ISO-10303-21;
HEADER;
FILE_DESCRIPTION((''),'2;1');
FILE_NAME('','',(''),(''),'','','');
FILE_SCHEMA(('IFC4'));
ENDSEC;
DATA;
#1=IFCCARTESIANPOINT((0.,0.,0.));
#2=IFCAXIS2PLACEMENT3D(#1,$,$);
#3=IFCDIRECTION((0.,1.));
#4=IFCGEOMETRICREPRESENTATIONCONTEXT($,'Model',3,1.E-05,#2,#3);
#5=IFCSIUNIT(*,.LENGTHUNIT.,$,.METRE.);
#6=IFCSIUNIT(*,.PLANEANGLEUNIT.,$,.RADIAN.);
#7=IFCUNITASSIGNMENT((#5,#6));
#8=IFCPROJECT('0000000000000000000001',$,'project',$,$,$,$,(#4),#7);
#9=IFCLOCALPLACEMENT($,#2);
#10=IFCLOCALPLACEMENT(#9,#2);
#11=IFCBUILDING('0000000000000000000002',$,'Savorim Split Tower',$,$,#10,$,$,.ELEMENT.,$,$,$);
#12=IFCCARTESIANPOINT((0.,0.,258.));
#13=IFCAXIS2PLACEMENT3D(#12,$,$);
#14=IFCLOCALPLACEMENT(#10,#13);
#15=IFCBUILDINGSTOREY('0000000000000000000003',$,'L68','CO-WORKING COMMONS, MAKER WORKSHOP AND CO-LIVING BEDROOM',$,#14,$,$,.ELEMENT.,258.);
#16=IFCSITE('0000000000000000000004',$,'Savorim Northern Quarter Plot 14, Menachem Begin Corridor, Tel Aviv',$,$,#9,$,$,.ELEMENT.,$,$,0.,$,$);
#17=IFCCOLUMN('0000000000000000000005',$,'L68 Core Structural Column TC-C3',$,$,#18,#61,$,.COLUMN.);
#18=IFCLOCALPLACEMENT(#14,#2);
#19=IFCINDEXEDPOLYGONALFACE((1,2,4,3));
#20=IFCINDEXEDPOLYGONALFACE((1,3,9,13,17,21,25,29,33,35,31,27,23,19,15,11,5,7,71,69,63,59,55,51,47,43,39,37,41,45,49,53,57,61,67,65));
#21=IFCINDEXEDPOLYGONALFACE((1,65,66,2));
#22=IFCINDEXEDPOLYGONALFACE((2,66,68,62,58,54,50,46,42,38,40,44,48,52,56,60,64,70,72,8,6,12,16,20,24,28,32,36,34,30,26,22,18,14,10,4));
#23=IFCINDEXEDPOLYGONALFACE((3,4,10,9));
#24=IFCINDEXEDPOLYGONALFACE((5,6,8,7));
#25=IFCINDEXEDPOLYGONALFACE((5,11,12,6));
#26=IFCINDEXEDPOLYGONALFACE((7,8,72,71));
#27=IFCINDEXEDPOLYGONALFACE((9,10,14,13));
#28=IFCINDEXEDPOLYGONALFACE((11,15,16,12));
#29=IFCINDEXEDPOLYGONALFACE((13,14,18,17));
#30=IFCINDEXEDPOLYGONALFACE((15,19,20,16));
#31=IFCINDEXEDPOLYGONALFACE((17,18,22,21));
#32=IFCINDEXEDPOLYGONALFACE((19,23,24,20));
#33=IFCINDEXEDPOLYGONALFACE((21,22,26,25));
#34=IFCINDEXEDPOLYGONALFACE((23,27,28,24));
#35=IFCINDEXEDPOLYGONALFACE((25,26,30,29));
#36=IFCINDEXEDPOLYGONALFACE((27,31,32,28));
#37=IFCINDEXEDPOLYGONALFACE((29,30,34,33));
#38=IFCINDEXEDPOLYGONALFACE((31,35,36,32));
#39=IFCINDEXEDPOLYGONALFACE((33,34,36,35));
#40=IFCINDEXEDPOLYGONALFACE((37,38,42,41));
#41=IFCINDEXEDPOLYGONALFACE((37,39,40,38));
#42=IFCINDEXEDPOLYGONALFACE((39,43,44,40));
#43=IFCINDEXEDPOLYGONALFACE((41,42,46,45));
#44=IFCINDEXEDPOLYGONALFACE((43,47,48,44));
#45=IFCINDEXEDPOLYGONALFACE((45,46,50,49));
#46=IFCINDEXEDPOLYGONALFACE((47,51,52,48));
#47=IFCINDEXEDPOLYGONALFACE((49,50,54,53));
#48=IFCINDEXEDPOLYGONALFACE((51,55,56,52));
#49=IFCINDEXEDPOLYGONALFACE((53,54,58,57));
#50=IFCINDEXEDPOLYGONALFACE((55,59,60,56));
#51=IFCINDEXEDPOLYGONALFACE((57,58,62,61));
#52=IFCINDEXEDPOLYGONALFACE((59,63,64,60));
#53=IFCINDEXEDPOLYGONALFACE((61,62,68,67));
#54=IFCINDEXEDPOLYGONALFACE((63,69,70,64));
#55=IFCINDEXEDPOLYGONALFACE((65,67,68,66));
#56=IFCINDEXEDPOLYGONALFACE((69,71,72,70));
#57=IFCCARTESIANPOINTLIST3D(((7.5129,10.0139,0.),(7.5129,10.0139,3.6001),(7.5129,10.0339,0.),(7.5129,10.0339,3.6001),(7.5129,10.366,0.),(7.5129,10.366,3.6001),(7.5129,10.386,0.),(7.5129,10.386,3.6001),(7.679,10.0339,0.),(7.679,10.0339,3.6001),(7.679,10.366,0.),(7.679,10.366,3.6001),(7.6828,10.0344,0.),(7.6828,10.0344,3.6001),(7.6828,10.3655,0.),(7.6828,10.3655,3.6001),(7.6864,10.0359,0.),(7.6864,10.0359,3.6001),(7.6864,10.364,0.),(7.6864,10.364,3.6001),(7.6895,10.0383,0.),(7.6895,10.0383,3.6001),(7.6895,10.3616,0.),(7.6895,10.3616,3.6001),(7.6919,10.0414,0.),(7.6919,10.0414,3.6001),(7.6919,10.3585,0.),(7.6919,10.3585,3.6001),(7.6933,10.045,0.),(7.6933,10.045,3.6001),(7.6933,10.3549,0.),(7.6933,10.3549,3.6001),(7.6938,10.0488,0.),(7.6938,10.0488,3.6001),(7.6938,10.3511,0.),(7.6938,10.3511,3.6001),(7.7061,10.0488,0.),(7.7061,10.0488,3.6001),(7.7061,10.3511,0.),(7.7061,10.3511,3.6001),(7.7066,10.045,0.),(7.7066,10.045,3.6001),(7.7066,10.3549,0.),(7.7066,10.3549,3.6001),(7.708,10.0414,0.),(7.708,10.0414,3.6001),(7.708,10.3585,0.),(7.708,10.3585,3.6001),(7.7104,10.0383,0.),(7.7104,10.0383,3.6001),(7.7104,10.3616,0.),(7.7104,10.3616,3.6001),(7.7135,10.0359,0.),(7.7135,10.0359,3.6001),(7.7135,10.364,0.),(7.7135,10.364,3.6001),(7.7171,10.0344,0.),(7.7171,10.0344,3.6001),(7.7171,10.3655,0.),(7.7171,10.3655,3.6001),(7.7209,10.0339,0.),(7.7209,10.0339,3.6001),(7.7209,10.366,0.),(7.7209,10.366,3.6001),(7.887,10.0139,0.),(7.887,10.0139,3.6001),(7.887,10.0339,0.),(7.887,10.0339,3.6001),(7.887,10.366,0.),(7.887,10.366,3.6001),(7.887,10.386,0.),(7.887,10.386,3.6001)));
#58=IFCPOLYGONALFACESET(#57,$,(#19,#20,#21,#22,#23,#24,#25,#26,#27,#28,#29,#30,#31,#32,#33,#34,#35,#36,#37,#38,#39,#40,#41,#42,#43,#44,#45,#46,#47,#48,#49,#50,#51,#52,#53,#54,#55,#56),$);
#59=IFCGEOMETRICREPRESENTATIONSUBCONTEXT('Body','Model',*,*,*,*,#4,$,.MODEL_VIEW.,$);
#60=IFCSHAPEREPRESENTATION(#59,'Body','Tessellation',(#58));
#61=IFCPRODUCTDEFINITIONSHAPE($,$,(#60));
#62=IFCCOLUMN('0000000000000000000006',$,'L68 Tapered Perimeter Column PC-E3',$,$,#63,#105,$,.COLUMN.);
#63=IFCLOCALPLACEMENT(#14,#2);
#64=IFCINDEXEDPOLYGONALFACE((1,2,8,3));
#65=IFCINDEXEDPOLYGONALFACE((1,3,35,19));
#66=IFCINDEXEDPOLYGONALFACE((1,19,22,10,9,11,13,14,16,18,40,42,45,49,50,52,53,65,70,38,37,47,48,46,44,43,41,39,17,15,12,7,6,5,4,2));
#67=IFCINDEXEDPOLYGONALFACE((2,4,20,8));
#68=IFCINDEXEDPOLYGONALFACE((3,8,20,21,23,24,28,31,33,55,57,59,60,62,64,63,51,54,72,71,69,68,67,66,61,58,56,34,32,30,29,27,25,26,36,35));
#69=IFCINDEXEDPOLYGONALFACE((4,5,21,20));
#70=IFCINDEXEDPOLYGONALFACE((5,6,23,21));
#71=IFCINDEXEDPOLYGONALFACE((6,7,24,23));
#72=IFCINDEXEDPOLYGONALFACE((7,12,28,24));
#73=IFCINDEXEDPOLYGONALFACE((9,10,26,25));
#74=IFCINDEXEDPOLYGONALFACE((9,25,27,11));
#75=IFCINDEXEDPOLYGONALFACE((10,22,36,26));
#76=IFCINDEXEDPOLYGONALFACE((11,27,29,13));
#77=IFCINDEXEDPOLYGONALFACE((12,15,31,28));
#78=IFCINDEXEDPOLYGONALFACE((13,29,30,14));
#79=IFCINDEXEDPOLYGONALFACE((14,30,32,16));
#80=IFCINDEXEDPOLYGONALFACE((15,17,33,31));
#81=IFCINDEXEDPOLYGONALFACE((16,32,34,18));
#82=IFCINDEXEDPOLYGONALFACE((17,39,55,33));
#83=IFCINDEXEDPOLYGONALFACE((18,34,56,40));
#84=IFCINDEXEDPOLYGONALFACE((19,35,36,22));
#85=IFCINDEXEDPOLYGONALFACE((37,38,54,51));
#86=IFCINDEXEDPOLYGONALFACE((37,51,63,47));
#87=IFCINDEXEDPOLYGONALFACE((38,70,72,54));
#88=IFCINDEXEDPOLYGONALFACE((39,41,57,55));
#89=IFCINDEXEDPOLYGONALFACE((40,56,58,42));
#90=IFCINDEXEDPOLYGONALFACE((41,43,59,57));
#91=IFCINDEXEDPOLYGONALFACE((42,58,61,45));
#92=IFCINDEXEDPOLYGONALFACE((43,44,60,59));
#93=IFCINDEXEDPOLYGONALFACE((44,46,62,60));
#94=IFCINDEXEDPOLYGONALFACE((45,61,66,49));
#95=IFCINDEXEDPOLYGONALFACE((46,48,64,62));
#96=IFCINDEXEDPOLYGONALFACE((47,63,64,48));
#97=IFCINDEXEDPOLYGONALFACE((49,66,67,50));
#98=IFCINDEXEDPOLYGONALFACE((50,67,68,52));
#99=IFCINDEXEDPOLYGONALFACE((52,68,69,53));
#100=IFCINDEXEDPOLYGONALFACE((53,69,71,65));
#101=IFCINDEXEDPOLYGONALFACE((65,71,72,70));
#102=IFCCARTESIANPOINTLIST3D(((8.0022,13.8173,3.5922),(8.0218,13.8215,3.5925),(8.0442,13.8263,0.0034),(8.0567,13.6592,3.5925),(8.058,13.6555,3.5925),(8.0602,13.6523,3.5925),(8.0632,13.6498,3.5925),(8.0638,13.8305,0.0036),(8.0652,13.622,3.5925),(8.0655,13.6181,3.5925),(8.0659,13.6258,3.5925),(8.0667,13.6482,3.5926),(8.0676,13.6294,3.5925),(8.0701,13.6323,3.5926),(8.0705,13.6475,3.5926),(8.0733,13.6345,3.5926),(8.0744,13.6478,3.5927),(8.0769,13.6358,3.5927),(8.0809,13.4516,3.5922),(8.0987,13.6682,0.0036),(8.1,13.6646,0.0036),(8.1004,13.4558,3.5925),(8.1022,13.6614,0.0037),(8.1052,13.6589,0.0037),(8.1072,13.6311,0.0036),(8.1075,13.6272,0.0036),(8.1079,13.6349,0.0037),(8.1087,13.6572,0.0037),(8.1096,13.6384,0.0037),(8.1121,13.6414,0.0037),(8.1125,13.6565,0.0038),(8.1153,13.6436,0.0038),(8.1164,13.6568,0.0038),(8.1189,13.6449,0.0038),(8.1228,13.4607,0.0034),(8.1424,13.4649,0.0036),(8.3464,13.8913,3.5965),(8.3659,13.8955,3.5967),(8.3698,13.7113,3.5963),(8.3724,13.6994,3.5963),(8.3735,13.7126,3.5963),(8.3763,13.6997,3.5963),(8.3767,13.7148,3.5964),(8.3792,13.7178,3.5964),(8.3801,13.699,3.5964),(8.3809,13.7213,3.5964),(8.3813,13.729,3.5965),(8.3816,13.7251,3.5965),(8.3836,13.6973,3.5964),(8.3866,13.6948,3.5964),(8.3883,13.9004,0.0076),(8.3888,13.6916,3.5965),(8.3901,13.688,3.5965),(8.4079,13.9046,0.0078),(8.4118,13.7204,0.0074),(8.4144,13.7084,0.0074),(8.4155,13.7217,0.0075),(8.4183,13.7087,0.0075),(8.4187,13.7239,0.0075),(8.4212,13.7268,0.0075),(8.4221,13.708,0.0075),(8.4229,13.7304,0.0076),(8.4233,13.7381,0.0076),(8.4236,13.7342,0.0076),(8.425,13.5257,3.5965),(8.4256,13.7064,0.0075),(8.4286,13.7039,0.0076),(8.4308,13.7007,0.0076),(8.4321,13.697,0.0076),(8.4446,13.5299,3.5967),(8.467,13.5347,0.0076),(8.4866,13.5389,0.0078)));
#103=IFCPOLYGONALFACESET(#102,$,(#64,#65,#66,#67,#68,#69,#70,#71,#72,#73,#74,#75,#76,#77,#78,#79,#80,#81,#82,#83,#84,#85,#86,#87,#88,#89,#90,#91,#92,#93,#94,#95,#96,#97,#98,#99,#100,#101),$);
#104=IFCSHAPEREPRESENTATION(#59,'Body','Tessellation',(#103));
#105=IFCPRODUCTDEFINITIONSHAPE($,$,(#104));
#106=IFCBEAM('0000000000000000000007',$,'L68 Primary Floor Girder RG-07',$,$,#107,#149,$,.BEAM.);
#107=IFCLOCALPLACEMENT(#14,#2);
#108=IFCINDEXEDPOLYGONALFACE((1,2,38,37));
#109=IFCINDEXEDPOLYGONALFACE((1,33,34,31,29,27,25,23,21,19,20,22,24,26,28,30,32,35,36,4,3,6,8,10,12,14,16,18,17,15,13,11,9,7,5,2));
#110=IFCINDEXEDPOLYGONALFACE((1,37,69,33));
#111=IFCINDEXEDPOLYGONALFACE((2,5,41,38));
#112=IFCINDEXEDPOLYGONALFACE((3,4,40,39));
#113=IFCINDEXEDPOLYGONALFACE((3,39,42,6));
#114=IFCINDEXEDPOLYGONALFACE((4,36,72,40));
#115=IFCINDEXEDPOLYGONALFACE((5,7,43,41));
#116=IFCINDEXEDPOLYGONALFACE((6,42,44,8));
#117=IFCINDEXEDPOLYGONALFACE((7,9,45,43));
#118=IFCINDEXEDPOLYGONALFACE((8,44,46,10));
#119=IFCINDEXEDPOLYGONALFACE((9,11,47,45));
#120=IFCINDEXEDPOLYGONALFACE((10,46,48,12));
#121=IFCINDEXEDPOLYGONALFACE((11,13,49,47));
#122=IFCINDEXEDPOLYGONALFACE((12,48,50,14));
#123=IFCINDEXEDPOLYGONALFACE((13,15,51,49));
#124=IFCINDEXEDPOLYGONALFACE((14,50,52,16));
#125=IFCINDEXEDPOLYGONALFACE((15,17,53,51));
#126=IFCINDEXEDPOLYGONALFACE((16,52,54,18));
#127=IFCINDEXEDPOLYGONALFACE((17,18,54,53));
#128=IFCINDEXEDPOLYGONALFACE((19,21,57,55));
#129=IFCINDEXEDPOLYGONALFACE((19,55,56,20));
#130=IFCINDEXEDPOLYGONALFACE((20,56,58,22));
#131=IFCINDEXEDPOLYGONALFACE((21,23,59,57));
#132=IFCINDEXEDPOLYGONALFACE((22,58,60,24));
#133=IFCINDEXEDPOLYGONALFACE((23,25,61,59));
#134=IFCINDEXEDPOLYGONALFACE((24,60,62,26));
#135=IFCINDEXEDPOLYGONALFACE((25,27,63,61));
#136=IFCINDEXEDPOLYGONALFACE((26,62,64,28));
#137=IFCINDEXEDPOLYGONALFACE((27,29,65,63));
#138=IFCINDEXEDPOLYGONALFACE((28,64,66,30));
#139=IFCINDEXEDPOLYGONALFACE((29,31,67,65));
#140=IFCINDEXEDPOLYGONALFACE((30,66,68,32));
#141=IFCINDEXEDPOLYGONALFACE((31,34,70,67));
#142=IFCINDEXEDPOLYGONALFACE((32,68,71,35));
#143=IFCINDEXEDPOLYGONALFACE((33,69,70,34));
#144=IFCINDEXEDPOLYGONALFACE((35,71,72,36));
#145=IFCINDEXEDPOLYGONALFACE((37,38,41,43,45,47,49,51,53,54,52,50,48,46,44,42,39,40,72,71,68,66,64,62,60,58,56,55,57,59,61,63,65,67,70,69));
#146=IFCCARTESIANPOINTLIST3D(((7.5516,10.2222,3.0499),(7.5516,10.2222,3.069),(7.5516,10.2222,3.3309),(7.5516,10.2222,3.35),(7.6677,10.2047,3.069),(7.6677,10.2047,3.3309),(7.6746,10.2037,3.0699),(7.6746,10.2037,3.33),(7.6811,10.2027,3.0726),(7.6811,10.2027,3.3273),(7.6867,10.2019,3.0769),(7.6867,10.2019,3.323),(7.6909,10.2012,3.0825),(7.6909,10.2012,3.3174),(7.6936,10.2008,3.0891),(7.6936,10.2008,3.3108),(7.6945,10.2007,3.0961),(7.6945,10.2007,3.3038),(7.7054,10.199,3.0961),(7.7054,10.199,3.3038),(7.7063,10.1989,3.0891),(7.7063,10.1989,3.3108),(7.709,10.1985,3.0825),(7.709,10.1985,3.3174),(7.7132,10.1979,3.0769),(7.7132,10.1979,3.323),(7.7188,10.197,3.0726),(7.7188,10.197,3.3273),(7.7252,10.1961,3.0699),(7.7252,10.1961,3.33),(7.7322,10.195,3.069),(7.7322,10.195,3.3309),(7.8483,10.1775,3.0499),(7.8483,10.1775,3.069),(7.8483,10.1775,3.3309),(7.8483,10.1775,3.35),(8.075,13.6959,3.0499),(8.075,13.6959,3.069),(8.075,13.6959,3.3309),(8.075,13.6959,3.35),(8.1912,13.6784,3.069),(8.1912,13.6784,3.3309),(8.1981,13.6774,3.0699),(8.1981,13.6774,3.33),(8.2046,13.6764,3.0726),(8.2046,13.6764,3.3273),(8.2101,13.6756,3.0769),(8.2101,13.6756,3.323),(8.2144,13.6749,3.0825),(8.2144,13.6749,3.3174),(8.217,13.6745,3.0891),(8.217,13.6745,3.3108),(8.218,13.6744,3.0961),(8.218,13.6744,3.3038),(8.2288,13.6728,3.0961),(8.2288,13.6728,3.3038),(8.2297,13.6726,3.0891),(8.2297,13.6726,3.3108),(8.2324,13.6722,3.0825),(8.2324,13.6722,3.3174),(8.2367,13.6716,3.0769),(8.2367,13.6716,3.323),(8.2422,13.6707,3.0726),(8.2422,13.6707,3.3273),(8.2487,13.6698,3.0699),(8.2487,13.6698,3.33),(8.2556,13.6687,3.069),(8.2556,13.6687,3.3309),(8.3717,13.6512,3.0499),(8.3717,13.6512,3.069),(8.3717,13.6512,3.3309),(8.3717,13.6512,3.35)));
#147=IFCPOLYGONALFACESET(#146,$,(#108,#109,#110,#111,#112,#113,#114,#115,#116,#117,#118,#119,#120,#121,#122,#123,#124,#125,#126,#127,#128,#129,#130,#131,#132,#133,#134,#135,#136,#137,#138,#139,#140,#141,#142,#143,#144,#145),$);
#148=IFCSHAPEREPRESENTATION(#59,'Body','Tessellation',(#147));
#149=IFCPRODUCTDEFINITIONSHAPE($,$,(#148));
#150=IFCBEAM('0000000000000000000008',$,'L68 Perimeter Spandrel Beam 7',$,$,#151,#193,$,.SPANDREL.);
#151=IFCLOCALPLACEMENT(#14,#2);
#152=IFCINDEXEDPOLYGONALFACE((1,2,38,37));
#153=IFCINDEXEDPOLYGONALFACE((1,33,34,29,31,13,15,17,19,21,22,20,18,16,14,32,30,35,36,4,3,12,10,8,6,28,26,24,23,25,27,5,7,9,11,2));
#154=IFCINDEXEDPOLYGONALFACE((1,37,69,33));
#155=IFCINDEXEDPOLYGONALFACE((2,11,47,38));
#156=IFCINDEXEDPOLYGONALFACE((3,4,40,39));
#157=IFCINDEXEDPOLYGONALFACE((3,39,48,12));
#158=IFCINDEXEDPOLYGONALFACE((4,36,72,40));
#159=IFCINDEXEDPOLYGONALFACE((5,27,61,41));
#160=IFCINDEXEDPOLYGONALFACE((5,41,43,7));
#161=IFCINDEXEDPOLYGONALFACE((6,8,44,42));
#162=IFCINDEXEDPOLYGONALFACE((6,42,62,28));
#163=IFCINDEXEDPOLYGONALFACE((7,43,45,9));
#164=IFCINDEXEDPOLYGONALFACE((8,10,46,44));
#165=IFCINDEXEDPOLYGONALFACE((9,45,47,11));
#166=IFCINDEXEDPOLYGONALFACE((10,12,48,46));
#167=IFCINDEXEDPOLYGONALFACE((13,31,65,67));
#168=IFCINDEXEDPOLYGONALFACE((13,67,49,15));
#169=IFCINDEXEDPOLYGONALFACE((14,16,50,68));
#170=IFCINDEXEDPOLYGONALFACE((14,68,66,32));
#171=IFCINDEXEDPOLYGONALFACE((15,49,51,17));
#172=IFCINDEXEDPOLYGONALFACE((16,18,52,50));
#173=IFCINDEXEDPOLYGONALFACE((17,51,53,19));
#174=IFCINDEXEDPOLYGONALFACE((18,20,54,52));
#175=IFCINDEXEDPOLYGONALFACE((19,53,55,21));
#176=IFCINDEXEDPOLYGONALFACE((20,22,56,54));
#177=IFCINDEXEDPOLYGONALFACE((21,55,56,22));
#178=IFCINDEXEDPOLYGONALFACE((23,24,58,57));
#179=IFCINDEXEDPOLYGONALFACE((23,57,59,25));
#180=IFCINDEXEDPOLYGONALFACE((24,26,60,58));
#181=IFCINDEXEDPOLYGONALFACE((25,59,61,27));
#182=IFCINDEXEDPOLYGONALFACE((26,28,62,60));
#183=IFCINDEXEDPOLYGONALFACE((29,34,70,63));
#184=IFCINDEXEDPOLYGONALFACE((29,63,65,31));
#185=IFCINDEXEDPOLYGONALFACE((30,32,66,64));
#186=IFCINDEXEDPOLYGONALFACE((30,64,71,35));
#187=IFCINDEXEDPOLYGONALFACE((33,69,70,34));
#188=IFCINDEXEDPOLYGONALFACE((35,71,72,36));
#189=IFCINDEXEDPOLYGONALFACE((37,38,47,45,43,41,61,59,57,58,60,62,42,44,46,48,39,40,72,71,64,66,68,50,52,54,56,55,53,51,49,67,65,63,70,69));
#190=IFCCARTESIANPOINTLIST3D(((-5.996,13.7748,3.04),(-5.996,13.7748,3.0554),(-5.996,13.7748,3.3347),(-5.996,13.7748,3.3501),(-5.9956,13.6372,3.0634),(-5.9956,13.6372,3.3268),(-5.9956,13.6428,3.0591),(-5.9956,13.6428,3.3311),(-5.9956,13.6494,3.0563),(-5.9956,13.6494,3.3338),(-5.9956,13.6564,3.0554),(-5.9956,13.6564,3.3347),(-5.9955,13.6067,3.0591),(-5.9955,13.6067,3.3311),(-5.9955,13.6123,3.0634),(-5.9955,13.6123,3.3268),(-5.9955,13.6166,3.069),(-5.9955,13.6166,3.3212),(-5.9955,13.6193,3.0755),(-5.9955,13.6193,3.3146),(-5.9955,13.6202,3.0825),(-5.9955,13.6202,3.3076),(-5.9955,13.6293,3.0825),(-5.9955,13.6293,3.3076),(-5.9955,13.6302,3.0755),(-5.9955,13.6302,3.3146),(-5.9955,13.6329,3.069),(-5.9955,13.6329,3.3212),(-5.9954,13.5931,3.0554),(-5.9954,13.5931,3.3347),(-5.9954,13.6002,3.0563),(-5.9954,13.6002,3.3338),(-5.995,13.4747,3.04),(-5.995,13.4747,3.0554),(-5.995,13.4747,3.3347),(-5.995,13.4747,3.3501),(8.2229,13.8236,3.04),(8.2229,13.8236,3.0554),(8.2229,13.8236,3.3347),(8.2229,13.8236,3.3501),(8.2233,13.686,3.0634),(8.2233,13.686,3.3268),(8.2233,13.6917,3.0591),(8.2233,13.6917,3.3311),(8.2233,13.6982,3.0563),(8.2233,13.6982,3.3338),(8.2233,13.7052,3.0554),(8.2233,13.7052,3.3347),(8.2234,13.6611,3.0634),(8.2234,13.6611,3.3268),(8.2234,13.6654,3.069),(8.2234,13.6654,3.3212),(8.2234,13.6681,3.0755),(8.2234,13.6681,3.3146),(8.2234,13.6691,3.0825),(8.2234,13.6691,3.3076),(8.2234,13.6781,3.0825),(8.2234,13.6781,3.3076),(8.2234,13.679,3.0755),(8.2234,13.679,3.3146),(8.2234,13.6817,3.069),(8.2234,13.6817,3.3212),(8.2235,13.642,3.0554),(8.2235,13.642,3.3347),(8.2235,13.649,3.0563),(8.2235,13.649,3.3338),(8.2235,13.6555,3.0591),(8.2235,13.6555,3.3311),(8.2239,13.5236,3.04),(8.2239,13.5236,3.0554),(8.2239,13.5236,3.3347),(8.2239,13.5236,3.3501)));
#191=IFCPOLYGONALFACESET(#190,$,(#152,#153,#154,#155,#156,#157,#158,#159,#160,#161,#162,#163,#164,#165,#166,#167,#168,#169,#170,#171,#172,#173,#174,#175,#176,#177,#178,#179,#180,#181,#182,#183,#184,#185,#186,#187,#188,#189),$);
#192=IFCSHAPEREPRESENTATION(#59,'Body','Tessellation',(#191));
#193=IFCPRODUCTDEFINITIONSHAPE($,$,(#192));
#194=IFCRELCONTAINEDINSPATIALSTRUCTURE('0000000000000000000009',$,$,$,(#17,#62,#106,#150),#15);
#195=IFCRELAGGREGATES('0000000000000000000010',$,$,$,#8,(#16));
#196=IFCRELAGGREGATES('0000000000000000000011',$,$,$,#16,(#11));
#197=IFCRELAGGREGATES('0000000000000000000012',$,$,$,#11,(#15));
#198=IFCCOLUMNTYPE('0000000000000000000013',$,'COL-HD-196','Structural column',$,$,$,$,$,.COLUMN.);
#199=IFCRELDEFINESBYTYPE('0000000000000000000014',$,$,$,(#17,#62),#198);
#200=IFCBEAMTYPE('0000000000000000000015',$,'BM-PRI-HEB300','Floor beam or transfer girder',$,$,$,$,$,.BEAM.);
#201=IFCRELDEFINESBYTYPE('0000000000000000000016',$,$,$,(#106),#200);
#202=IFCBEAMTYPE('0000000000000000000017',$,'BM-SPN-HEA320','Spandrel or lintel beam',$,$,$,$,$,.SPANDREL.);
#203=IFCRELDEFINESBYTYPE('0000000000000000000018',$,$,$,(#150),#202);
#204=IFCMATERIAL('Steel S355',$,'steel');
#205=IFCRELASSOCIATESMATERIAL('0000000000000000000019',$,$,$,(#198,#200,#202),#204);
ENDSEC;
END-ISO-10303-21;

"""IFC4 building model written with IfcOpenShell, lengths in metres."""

from ifc_helpers import new_model, si_unit, direction, frame, origin, origin_2d, place, context, subcontext, project, spatial, i_section, extrude, material, material_profile, profile_set, type_object, element, save


model = new_model("IFC4")

# Units and contexts
model_context = context("Model", 3, precision=1e-05, world=origin(), true_north=direction((0.0, 1.0)))
body_context = subcontext(model_context, "Body", "Model", "MODEL_VIEW")
ifc_project = project(units=[si_unit("LENGTHUNIT", "METRE"), si_unit("PLANEANGLEUNIT", "RADIAN")], contexts=[model_context])

# Site, building, storey
site_placement = place(None, origin())
site = spatial("IfcSite", under=ifc_project, at=site_placement, Name="Savorim Northern Quarter Plot 14, Menachem Begin Corridor, Tel Aviv", CompositionType="ELEMENT", RefElevation=0.0)
building_placement = place(site_placement, origin())
building = spatial("IfcBuilding", under=site, at=building_placement, Name="Savorim Split Tower", CompositionType="ELEMENT")
storey_placement = place(building_placement, frame((0.0, 0.0, 258.0)))
storey = spatial("IfcBuildingStorey", under=building, at=storey_placement, Name="L68", Description="CO-WORKING COMMONS, MAKER WORKSHOP AND CO-LIVING BEDROOM", CompositionType="ELEMENT", Elevation=258.0)

# Columns
ifc_material_1 = material(Name="Steel S355", Category="steel")
ifc_material_profile_1 = material_profile(ifc_material_1, i_section(OverallWidth=0.374, OverallDepth=0.3721, WebThickness=0.0122, FlangeThickness=0.02, FilletRadius=0.0149, at=origin_2d()), Name="HD 360x196")
ifc_profile_set_1 = profile_set([ifc_material_profile_1], Name="Steel S355")
column_type = type_object("IfcColumnType", Name="COL-HD-196", Description="Structural column", PredefinedType="COLUMN", material=ifc_profile_set_1)
column_1_placement = place(storey_placement, frame((7.7, 10.2, 0.0), z_axis=(0.0, 0.0, 1.0), x_axis=(1.0, 0.0, 0.0)))
element("IfcColumn", 1, at=column_1_placement, inside=storey, type_object=column_type, Name="L68 Core Structural Column TC-C3", PredefinedType="COLUMN", context=body_context, shape_type="SweptSolid", body=[
    extrude(i_section(OverallWidth=0.374, OverallDepth=0.3721, WebThickness=0.0122, FlangeThickness=0.02, FilletRadius=0.0149, at=origin_2d()), origin(), (0.0, 0.0, 1.0), 3.6001),
])
column_2_placement = place(storey_placement, frame((8.2654, 13.6826, 0.0056), z_axis=(-0.0117, -0.002517, 0.999928), x_axis=(0.210305, -0.977636, 0.0)))
element("IfcColumn", 2, at=column_2_placement, inside=storey, type_object=column_type, Name="L68 Tapered Perimeter Column PC-E3", PredefinedType="COLUMN", context=body_context, shape_type="SweptSolid", body=[
    extrude(i_section(OverallWidth=0.374, OverallDepth=0.3721, WebThickness=0.0122, FlangeThickness=0.02, FilletRadius=0.0149, at=origin_2d()), origin(), (0.0, 0.0, 1.0), 3.5891),
])

# Beams
ifc_material_profile_2 = material_profile(ifc_material_1, i_section(OverallWidth=0.3, OverallDepth=0.3, WebThickness=0.011, FlangeThickness=0.019, FilletRadius=0.0271, at=origin_2d()), Name="HEB 300")
ifc_profile_set_2 = profile_set([ifc_material_profile_2], Name="Steel S355")
beam_type_1 = type_object("IfcBeamType", Name="BM-PRI-HEB300", Description="Floor beam or transfer girder", PredefinedType="BEAM", material=ifc_profile_set_2)
beam_1_placement = place(storey_placement, frame((8.2234, 13.6736, 3.2), z_axis=(-0.149007, -0.988836, 0.0), x_axis=(0.988836, -0.149007, 0.0)))
element("IfcBeam", 3, at=beam_1_placement, inside=storey, type_object=beam_type_1, Name="L68 Primary Floor Girder RG-07", PredefinedType="BEAM", context=body_context, shape_type="SweptSolid", body=[
    extrude(i_section(OverallWidth=0.3, OverallDepth=0.3, WebThickness=0.011, FlangeThickness=0.019, FilletRadius=0.0271, at=origin_2d()), origin(), (0.0, 0.0, 1.0), 3.5129),
])
ifc_material_profile_3 = material_profile(ifc_material_1, i_section(OverallWidth=0.3, OverallDepth=0.3101, WebThickness=0.009, FlangeThickness=0.0154, FilletRadius=0.0271, at=origin_2d()), Name="HEA 320")
ifc_profile_set_3 = profile_set([ifc_material_profile_3], Name="Steel S355")
beam_type_2 = type_object("IfcBeamType", Name="BM-SPN-HEA320", Description="Spandrel or lintel beam", PredefinedType="SPANDREL", material=ifc_profile_set_3)
beam_2_placement = place(storey_placement, frame((8.2234, 13.6736, 3.1951), z_axis=(-0.999994, -0.003434, 0.0), x_axis=(0.003434, -0.999994, 0.0)))
element("IfcBeam", 4, at=beam_2_placement, inside=storey, type_object=beam_type_2, Name="L68 Perimeter Spandrel Beam 7", PredefinedType="SPANDREL", context=body_context, shape_type="SweptSolid", body=[
    extrude(i_section(OverallWidth=0.3, OverallDepth=0.3101, WebThickness=0.009, FlangeThickness=0.0154, FilletRadius=0.0271, at=origin_2d()), origin(), (0.0, 0.0, 1.0), 14.219),
])

save(model, "model.ifc")
